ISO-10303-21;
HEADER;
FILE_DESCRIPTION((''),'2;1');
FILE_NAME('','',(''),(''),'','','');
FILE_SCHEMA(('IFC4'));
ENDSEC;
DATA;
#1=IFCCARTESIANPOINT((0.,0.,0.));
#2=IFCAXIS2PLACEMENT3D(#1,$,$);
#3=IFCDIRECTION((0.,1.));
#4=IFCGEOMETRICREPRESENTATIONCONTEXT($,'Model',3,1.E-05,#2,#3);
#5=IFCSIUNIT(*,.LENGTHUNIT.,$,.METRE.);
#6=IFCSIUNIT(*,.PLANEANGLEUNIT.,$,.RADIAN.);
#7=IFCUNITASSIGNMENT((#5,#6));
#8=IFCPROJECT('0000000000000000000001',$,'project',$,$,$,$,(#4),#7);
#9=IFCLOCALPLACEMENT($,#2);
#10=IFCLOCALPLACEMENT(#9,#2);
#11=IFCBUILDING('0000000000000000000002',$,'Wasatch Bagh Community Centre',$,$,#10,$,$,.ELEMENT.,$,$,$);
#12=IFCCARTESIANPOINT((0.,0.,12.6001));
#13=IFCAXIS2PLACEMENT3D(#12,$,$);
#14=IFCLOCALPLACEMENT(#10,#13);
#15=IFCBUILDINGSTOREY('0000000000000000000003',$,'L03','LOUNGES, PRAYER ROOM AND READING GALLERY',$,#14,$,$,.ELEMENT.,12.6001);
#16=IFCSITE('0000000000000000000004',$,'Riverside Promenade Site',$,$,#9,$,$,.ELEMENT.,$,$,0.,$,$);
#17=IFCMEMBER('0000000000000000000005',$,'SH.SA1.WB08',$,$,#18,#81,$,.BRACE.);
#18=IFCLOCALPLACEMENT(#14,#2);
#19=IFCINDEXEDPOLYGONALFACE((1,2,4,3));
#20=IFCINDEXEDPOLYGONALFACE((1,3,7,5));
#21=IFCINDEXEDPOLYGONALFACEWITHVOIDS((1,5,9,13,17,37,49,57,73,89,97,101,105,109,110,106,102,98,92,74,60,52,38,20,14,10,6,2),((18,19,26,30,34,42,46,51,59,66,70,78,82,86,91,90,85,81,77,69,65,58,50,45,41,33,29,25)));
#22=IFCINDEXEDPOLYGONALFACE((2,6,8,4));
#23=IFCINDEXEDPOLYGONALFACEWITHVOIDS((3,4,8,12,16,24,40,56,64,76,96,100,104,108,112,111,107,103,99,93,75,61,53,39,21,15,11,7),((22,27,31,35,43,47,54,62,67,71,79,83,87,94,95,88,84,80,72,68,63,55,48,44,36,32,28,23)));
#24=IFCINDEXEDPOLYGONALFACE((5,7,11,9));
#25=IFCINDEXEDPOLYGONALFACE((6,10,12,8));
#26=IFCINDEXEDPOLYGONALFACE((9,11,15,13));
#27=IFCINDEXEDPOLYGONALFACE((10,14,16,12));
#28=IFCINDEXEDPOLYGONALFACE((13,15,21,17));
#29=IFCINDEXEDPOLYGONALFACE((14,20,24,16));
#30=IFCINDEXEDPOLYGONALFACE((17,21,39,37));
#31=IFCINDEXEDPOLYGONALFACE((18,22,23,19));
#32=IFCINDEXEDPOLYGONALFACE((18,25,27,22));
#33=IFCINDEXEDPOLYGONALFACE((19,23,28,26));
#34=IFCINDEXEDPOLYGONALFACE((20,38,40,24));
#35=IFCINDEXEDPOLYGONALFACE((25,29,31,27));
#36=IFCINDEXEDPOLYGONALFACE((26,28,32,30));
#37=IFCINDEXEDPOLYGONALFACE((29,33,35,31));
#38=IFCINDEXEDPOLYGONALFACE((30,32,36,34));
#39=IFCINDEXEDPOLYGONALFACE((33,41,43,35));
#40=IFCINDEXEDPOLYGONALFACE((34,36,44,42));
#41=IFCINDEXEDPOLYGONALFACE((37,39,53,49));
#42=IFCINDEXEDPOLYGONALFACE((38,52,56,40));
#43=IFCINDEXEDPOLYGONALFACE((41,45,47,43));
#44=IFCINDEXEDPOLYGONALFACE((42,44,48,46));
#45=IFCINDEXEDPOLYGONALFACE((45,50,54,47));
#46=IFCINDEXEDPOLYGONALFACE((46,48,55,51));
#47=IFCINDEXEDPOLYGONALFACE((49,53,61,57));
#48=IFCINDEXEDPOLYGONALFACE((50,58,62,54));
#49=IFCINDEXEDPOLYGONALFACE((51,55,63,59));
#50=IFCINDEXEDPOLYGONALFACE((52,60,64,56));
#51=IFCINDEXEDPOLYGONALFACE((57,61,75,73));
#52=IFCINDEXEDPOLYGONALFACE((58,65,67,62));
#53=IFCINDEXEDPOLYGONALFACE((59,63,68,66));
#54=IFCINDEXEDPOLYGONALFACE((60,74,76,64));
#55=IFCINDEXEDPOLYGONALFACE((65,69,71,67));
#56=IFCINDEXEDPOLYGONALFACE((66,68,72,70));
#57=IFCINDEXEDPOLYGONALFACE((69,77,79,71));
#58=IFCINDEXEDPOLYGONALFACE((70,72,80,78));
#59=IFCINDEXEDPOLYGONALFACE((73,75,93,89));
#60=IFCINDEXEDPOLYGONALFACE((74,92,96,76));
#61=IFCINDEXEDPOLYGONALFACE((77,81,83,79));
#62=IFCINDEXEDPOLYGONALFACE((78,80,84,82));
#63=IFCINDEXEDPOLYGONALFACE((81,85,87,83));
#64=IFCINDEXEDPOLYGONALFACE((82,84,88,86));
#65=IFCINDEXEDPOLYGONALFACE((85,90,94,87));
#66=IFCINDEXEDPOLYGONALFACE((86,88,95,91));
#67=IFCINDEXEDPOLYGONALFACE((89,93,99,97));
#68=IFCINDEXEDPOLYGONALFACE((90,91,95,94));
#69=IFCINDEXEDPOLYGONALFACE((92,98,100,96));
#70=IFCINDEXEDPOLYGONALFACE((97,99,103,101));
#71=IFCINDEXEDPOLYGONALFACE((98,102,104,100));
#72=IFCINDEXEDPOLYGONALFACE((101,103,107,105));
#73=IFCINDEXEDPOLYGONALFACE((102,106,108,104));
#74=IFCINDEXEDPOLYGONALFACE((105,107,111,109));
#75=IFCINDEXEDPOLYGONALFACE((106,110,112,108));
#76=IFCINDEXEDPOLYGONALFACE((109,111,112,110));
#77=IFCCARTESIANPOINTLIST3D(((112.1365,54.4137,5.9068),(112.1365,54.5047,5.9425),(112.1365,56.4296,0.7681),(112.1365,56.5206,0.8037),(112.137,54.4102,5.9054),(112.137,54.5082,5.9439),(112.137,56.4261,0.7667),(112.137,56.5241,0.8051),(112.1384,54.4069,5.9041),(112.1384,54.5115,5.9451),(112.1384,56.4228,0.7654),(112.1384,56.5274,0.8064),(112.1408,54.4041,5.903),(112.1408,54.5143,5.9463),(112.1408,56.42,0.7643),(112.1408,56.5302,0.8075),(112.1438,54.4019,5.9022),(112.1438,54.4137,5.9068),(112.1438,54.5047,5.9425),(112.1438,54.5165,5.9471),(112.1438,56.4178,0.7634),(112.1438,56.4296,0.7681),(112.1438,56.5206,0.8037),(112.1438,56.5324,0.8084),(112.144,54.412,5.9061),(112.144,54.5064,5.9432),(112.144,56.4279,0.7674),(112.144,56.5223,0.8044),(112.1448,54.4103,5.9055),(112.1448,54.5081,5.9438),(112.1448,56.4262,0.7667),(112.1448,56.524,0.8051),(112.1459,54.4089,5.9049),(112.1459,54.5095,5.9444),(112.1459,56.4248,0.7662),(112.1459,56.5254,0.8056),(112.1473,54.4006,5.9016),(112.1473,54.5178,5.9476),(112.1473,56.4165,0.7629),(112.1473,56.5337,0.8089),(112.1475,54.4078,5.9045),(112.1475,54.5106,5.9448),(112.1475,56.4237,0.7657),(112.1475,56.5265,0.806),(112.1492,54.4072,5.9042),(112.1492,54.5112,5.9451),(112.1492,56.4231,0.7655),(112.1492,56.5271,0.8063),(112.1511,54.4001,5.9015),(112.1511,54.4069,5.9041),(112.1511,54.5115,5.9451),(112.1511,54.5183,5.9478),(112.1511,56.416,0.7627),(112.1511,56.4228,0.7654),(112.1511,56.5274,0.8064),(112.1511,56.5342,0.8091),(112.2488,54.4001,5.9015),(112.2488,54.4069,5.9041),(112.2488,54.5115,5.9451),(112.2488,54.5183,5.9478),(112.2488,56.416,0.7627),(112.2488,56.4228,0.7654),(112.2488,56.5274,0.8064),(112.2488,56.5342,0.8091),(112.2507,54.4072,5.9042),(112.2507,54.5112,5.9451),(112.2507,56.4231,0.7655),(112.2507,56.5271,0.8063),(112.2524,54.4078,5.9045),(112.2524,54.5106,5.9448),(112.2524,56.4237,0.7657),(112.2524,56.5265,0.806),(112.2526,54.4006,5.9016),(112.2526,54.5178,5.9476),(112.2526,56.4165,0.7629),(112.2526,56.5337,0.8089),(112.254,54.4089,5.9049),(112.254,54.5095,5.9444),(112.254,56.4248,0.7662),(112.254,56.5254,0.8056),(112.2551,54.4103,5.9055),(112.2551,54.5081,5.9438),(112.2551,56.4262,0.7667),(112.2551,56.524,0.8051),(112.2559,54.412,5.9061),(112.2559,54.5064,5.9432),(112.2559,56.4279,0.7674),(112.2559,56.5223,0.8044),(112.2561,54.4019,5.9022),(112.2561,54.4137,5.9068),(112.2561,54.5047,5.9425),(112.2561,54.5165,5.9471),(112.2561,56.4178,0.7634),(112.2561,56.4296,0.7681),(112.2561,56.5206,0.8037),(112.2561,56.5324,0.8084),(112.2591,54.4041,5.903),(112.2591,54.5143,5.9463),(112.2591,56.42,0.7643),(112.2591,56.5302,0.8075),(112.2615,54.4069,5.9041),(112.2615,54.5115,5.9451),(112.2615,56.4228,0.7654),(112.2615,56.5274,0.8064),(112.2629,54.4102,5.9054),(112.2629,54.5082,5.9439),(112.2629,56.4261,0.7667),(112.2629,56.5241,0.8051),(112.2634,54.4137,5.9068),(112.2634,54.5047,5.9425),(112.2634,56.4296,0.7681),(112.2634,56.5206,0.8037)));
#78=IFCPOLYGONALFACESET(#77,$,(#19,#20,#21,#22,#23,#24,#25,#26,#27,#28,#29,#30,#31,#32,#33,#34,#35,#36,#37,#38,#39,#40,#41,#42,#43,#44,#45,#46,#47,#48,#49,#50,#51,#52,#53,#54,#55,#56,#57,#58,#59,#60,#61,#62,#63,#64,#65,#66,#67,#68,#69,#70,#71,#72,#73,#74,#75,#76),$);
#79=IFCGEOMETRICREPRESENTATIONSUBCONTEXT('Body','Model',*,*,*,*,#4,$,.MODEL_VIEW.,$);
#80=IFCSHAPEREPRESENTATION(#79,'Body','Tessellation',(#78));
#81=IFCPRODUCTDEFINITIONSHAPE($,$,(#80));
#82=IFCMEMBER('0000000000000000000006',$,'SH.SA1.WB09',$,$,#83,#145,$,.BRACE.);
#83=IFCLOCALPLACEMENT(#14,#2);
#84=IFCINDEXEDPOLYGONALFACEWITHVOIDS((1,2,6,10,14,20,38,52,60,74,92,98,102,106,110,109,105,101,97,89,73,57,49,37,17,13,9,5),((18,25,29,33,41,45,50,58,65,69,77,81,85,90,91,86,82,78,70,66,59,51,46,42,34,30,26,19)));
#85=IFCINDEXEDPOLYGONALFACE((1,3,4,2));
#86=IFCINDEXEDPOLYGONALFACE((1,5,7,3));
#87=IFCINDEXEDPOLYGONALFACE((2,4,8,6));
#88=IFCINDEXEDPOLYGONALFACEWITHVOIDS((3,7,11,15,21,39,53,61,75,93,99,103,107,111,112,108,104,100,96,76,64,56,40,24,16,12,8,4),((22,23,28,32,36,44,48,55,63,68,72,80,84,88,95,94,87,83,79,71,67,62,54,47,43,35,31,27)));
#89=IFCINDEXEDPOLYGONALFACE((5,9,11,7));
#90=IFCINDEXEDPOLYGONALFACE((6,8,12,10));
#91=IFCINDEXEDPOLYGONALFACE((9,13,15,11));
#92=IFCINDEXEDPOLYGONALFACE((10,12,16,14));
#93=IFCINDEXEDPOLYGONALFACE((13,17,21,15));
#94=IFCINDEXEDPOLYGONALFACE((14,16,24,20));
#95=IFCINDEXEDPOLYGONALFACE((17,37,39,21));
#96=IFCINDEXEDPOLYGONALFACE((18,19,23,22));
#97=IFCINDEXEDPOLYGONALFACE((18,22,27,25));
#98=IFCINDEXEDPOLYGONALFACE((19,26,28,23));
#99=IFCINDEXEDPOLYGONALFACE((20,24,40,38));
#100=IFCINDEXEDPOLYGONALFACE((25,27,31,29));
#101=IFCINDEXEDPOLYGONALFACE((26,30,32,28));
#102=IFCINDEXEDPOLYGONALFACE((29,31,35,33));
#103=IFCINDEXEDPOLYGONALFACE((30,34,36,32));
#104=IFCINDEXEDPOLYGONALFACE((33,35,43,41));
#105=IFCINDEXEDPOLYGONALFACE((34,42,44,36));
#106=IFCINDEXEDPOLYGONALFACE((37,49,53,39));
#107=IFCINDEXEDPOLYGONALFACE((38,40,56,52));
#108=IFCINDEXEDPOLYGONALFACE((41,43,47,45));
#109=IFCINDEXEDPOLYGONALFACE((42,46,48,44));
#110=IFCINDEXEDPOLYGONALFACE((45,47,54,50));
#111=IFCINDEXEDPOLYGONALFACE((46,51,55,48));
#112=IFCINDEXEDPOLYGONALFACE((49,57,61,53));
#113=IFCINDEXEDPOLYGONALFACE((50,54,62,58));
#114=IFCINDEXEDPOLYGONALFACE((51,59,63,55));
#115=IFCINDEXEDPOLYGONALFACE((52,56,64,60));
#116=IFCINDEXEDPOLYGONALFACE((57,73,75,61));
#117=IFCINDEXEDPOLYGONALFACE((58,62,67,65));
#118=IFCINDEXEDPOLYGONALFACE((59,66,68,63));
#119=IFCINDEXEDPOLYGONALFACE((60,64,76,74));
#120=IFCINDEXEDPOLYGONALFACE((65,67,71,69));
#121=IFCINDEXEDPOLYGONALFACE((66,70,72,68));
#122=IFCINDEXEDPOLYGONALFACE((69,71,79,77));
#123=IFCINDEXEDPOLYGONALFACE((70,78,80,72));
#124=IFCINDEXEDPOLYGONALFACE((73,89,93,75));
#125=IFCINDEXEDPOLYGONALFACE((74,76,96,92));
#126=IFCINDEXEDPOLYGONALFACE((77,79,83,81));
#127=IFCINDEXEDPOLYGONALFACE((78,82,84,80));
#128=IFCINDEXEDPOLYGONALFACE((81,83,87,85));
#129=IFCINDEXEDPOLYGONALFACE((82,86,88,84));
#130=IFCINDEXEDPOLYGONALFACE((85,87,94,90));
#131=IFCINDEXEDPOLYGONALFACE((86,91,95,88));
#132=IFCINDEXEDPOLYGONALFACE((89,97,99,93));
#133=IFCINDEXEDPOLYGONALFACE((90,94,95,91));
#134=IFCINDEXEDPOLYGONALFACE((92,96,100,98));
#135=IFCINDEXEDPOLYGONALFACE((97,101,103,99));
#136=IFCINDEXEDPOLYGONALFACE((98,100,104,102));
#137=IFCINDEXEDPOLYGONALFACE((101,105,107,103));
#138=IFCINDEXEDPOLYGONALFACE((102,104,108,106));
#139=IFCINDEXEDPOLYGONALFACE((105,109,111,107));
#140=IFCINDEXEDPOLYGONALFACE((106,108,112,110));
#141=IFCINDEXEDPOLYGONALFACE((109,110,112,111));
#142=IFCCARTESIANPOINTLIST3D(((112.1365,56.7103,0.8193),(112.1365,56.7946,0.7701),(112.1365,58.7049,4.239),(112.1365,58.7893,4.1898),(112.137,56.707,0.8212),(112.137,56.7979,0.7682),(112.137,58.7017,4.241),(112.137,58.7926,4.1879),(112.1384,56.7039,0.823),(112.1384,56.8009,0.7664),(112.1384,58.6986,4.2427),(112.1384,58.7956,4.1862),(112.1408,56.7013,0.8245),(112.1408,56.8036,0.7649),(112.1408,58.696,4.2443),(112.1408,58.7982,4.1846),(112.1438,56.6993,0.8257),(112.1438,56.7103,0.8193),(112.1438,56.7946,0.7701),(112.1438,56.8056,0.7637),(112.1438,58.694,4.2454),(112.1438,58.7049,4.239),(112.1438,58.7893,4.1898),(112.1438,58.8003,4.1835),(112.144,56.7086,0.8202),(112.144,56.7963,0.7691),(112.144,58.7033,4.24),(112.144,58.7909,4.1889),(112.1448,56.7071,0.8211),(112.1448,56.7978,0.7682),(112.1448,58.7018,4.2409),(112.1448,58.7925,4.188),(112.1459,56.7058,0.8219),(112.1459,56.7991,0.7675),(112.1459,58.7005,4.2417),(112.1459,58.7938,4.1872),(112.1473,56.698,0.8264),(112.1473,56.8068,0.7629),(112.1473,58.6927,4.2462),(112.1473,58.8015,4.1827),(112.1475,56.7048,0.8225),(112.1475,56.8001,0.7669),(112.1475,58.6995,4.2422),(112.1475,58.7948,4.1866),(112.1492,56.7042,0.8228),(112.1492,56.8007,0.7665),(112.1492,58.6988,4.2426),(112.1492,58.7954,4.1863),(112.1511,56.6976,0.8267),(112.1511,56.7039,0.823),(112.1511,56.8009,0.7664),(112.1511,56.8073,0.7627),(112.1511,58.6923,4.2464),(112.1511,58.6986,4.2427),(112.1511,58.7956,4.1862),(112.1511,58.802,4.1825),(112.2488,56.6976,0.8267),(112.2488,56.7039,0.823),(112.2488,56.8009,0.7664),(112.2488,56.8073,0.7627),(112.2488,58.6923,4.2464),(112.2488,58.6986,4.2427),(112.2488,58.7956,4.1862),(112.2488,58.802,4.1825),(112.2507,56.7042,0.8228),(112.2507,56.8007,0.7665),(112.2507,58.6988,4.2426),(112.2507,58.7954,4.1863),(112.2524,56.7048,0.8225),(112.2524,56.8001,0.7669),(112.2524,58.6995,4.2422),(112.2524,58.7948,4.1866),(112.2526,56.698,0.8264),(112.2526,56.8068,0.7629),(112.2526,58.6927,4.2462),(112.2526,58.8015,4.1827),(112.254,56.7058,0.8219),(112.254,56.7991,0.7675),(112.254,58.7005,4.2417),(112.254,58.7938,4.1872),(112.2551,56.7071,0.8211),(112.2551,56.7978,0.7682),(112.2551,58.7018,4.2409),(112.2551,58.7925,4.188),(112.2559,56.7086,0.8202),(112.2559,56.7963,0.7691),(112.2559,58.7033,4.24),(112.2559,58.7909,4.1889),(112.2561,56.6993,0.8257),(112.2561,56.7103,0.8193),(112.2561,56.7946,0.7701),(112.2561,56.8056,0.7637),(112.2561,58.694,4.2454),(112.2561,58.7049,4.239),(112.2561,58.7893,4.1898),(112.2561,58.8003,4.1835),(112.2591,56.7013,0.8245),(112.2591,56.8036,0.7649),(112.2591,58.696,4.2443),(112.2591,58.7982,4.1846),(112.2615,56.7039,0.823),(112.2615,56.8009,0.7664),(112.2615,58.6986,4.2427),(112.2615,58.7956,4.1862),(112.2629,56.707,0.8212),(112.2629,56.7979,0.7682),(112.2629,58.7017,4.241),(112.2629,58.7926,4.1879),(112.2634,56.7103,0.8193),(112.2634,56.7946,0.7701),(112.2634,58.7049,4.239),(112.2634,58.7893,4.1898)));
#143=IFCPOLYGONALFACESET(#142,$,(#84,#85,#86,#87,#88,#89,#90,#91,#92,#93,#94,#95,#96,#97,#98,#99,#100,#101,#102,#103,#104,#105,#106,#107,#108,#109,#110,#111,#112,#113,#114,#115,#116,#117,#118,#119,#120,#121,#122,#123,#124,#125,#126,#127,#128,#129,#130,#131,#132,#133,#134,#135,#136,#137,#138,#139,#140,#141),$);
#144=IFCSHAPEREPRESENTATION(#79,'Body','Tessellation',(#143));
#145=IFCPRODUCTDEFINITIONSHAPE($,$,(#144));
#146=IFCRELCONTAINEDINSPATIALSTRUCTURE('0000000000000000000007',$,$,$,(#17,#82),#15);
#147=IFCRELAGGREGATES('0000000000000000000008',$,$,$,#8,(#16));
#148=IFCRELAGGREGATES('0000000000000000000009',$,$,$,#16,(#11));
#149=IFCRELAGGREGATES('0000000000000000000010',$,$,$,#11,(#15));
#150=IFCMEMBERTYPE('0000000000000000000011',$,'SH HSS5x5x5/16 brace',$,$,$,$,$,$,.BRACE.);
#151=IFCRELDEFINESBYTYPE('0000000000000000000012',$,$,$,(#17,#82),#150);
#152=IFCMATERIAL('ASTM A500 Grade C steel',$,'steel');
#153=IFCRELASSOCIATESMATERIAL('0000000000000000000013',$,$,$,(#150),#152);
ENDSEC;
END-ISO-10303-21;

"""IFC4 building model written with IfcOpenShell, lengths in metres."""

from ifc_helpers import new_model, si_unit, direction, frame, origin, origin_2d, place, context, subcontext, project, spatial, hollow_rectangle, extrude, material, material_profile, profile_set, type_object, element, save


model = new_model("IFC4")

# Units and contexts
model_context = context("Model", 3, precision=1e-05, world=origin(), true_north=direction((0.0, 1.0)))
body_context = subcontext(model_context, "Body", "Model", "MODEL_VIEW")
ifc_project = project(units=[si_unit("LENGTHUNIT", "METRE"), si_unit("PLANEANGLEUNIT", "RADIAN")], contexts=[model_context])

# Site, building, storey
site_placement = place(None, origin())
site = spatial("IfcSite", under=ifc_project, at=site_placement, Name="Riverside Promenade Site", CompositionType="ELEMENT", RefElevation=0.0)
building_placement = place(site_placement, origin())
building = spatial("IfcBuilding", under=site, at=building_placement, Name="Wasatch Bagh Community Centre", CompositionType="ELEMENT")
storey_placement = place(building_placement, frame((0.0, 0.0, 12.6001)))
storey = spatial("IfcBuildingStorey", under=building, at=storey_placement, Name="L03", Description="LOUNGES, PRAYER ROOM AND READING GALLERY", CompositionType="ELEMENT", Elevation=12.6001)

# Members
ifc_material_1 = material(Name="ASTM A500 Grade C steel", Category="steel")
ifc_material_profile_1 = material_profile(ifc_material_1, hollow_rectangle(XDim=0.127, YDim=0.127, WallThickness=0.0073, InnerFilletRadius=0.0073, OuterFilletRadius=0.0146, at=origin_2d()), Name="HSS5x5x5/16")
ifc_profile_set_1 = profile_set([ifc_material_profile_1], Name="ASTM A500 Grade C steel")
member_type_1 = type_object("IfcMemberType", Name="SH HSS5x5x5/16 brace", PredefinedType="BRACE", material=ifc_profile_set_1)
member_1_placement = place(storey_placement, frame((112.2, 56.4751, 0.7859), z_axis=(0.0, -0.365198, 0.93093), x_axis=(1.0, 0.0, 0.0)))
element("IfcMember", 1, at=member_1_placement, inside=storey, type_object=member_type_1, Name="SH.SA1.WB08", PredefinedType="BRACE", context=body_context, shape_type="SweptSolid", body=[
    extrude(hollow_rectangle(XDim=0.127, YDim=0.127, WallThickness=0.0073, InnerFilletRadius=0.0073, OuterFilletRadius=0.0146, at=origin_2d()), origin(), (0.0, 0.0, 1.0), 5.52),
])
member_2_placement = place(storey_placement, frame((112.2, 56.7524, 0.7947), z_axis=(0.0, 0.503837, 0.863799), x_axis=(-1.0, 0.0, 0.0)))
element("IfcMember", 2, at=member_2_placement, inside=storey, type_object=member_type_1, Name="SH.SA1.WB09", PredefinedType="BRACE", context=body_context, shape_type="SweptSolid", body=[
    extrude(hollow_rectangle(XDim=0.127, YDim=0.127, WallThickness=0.0073, InnerFilletRadius=0.0073, OuterFilletRadius=0.0146, at=origin_2d()), origin(), (0.0, 0.0, 1.0), 3.959),
])

save(model, "model.ifc")
